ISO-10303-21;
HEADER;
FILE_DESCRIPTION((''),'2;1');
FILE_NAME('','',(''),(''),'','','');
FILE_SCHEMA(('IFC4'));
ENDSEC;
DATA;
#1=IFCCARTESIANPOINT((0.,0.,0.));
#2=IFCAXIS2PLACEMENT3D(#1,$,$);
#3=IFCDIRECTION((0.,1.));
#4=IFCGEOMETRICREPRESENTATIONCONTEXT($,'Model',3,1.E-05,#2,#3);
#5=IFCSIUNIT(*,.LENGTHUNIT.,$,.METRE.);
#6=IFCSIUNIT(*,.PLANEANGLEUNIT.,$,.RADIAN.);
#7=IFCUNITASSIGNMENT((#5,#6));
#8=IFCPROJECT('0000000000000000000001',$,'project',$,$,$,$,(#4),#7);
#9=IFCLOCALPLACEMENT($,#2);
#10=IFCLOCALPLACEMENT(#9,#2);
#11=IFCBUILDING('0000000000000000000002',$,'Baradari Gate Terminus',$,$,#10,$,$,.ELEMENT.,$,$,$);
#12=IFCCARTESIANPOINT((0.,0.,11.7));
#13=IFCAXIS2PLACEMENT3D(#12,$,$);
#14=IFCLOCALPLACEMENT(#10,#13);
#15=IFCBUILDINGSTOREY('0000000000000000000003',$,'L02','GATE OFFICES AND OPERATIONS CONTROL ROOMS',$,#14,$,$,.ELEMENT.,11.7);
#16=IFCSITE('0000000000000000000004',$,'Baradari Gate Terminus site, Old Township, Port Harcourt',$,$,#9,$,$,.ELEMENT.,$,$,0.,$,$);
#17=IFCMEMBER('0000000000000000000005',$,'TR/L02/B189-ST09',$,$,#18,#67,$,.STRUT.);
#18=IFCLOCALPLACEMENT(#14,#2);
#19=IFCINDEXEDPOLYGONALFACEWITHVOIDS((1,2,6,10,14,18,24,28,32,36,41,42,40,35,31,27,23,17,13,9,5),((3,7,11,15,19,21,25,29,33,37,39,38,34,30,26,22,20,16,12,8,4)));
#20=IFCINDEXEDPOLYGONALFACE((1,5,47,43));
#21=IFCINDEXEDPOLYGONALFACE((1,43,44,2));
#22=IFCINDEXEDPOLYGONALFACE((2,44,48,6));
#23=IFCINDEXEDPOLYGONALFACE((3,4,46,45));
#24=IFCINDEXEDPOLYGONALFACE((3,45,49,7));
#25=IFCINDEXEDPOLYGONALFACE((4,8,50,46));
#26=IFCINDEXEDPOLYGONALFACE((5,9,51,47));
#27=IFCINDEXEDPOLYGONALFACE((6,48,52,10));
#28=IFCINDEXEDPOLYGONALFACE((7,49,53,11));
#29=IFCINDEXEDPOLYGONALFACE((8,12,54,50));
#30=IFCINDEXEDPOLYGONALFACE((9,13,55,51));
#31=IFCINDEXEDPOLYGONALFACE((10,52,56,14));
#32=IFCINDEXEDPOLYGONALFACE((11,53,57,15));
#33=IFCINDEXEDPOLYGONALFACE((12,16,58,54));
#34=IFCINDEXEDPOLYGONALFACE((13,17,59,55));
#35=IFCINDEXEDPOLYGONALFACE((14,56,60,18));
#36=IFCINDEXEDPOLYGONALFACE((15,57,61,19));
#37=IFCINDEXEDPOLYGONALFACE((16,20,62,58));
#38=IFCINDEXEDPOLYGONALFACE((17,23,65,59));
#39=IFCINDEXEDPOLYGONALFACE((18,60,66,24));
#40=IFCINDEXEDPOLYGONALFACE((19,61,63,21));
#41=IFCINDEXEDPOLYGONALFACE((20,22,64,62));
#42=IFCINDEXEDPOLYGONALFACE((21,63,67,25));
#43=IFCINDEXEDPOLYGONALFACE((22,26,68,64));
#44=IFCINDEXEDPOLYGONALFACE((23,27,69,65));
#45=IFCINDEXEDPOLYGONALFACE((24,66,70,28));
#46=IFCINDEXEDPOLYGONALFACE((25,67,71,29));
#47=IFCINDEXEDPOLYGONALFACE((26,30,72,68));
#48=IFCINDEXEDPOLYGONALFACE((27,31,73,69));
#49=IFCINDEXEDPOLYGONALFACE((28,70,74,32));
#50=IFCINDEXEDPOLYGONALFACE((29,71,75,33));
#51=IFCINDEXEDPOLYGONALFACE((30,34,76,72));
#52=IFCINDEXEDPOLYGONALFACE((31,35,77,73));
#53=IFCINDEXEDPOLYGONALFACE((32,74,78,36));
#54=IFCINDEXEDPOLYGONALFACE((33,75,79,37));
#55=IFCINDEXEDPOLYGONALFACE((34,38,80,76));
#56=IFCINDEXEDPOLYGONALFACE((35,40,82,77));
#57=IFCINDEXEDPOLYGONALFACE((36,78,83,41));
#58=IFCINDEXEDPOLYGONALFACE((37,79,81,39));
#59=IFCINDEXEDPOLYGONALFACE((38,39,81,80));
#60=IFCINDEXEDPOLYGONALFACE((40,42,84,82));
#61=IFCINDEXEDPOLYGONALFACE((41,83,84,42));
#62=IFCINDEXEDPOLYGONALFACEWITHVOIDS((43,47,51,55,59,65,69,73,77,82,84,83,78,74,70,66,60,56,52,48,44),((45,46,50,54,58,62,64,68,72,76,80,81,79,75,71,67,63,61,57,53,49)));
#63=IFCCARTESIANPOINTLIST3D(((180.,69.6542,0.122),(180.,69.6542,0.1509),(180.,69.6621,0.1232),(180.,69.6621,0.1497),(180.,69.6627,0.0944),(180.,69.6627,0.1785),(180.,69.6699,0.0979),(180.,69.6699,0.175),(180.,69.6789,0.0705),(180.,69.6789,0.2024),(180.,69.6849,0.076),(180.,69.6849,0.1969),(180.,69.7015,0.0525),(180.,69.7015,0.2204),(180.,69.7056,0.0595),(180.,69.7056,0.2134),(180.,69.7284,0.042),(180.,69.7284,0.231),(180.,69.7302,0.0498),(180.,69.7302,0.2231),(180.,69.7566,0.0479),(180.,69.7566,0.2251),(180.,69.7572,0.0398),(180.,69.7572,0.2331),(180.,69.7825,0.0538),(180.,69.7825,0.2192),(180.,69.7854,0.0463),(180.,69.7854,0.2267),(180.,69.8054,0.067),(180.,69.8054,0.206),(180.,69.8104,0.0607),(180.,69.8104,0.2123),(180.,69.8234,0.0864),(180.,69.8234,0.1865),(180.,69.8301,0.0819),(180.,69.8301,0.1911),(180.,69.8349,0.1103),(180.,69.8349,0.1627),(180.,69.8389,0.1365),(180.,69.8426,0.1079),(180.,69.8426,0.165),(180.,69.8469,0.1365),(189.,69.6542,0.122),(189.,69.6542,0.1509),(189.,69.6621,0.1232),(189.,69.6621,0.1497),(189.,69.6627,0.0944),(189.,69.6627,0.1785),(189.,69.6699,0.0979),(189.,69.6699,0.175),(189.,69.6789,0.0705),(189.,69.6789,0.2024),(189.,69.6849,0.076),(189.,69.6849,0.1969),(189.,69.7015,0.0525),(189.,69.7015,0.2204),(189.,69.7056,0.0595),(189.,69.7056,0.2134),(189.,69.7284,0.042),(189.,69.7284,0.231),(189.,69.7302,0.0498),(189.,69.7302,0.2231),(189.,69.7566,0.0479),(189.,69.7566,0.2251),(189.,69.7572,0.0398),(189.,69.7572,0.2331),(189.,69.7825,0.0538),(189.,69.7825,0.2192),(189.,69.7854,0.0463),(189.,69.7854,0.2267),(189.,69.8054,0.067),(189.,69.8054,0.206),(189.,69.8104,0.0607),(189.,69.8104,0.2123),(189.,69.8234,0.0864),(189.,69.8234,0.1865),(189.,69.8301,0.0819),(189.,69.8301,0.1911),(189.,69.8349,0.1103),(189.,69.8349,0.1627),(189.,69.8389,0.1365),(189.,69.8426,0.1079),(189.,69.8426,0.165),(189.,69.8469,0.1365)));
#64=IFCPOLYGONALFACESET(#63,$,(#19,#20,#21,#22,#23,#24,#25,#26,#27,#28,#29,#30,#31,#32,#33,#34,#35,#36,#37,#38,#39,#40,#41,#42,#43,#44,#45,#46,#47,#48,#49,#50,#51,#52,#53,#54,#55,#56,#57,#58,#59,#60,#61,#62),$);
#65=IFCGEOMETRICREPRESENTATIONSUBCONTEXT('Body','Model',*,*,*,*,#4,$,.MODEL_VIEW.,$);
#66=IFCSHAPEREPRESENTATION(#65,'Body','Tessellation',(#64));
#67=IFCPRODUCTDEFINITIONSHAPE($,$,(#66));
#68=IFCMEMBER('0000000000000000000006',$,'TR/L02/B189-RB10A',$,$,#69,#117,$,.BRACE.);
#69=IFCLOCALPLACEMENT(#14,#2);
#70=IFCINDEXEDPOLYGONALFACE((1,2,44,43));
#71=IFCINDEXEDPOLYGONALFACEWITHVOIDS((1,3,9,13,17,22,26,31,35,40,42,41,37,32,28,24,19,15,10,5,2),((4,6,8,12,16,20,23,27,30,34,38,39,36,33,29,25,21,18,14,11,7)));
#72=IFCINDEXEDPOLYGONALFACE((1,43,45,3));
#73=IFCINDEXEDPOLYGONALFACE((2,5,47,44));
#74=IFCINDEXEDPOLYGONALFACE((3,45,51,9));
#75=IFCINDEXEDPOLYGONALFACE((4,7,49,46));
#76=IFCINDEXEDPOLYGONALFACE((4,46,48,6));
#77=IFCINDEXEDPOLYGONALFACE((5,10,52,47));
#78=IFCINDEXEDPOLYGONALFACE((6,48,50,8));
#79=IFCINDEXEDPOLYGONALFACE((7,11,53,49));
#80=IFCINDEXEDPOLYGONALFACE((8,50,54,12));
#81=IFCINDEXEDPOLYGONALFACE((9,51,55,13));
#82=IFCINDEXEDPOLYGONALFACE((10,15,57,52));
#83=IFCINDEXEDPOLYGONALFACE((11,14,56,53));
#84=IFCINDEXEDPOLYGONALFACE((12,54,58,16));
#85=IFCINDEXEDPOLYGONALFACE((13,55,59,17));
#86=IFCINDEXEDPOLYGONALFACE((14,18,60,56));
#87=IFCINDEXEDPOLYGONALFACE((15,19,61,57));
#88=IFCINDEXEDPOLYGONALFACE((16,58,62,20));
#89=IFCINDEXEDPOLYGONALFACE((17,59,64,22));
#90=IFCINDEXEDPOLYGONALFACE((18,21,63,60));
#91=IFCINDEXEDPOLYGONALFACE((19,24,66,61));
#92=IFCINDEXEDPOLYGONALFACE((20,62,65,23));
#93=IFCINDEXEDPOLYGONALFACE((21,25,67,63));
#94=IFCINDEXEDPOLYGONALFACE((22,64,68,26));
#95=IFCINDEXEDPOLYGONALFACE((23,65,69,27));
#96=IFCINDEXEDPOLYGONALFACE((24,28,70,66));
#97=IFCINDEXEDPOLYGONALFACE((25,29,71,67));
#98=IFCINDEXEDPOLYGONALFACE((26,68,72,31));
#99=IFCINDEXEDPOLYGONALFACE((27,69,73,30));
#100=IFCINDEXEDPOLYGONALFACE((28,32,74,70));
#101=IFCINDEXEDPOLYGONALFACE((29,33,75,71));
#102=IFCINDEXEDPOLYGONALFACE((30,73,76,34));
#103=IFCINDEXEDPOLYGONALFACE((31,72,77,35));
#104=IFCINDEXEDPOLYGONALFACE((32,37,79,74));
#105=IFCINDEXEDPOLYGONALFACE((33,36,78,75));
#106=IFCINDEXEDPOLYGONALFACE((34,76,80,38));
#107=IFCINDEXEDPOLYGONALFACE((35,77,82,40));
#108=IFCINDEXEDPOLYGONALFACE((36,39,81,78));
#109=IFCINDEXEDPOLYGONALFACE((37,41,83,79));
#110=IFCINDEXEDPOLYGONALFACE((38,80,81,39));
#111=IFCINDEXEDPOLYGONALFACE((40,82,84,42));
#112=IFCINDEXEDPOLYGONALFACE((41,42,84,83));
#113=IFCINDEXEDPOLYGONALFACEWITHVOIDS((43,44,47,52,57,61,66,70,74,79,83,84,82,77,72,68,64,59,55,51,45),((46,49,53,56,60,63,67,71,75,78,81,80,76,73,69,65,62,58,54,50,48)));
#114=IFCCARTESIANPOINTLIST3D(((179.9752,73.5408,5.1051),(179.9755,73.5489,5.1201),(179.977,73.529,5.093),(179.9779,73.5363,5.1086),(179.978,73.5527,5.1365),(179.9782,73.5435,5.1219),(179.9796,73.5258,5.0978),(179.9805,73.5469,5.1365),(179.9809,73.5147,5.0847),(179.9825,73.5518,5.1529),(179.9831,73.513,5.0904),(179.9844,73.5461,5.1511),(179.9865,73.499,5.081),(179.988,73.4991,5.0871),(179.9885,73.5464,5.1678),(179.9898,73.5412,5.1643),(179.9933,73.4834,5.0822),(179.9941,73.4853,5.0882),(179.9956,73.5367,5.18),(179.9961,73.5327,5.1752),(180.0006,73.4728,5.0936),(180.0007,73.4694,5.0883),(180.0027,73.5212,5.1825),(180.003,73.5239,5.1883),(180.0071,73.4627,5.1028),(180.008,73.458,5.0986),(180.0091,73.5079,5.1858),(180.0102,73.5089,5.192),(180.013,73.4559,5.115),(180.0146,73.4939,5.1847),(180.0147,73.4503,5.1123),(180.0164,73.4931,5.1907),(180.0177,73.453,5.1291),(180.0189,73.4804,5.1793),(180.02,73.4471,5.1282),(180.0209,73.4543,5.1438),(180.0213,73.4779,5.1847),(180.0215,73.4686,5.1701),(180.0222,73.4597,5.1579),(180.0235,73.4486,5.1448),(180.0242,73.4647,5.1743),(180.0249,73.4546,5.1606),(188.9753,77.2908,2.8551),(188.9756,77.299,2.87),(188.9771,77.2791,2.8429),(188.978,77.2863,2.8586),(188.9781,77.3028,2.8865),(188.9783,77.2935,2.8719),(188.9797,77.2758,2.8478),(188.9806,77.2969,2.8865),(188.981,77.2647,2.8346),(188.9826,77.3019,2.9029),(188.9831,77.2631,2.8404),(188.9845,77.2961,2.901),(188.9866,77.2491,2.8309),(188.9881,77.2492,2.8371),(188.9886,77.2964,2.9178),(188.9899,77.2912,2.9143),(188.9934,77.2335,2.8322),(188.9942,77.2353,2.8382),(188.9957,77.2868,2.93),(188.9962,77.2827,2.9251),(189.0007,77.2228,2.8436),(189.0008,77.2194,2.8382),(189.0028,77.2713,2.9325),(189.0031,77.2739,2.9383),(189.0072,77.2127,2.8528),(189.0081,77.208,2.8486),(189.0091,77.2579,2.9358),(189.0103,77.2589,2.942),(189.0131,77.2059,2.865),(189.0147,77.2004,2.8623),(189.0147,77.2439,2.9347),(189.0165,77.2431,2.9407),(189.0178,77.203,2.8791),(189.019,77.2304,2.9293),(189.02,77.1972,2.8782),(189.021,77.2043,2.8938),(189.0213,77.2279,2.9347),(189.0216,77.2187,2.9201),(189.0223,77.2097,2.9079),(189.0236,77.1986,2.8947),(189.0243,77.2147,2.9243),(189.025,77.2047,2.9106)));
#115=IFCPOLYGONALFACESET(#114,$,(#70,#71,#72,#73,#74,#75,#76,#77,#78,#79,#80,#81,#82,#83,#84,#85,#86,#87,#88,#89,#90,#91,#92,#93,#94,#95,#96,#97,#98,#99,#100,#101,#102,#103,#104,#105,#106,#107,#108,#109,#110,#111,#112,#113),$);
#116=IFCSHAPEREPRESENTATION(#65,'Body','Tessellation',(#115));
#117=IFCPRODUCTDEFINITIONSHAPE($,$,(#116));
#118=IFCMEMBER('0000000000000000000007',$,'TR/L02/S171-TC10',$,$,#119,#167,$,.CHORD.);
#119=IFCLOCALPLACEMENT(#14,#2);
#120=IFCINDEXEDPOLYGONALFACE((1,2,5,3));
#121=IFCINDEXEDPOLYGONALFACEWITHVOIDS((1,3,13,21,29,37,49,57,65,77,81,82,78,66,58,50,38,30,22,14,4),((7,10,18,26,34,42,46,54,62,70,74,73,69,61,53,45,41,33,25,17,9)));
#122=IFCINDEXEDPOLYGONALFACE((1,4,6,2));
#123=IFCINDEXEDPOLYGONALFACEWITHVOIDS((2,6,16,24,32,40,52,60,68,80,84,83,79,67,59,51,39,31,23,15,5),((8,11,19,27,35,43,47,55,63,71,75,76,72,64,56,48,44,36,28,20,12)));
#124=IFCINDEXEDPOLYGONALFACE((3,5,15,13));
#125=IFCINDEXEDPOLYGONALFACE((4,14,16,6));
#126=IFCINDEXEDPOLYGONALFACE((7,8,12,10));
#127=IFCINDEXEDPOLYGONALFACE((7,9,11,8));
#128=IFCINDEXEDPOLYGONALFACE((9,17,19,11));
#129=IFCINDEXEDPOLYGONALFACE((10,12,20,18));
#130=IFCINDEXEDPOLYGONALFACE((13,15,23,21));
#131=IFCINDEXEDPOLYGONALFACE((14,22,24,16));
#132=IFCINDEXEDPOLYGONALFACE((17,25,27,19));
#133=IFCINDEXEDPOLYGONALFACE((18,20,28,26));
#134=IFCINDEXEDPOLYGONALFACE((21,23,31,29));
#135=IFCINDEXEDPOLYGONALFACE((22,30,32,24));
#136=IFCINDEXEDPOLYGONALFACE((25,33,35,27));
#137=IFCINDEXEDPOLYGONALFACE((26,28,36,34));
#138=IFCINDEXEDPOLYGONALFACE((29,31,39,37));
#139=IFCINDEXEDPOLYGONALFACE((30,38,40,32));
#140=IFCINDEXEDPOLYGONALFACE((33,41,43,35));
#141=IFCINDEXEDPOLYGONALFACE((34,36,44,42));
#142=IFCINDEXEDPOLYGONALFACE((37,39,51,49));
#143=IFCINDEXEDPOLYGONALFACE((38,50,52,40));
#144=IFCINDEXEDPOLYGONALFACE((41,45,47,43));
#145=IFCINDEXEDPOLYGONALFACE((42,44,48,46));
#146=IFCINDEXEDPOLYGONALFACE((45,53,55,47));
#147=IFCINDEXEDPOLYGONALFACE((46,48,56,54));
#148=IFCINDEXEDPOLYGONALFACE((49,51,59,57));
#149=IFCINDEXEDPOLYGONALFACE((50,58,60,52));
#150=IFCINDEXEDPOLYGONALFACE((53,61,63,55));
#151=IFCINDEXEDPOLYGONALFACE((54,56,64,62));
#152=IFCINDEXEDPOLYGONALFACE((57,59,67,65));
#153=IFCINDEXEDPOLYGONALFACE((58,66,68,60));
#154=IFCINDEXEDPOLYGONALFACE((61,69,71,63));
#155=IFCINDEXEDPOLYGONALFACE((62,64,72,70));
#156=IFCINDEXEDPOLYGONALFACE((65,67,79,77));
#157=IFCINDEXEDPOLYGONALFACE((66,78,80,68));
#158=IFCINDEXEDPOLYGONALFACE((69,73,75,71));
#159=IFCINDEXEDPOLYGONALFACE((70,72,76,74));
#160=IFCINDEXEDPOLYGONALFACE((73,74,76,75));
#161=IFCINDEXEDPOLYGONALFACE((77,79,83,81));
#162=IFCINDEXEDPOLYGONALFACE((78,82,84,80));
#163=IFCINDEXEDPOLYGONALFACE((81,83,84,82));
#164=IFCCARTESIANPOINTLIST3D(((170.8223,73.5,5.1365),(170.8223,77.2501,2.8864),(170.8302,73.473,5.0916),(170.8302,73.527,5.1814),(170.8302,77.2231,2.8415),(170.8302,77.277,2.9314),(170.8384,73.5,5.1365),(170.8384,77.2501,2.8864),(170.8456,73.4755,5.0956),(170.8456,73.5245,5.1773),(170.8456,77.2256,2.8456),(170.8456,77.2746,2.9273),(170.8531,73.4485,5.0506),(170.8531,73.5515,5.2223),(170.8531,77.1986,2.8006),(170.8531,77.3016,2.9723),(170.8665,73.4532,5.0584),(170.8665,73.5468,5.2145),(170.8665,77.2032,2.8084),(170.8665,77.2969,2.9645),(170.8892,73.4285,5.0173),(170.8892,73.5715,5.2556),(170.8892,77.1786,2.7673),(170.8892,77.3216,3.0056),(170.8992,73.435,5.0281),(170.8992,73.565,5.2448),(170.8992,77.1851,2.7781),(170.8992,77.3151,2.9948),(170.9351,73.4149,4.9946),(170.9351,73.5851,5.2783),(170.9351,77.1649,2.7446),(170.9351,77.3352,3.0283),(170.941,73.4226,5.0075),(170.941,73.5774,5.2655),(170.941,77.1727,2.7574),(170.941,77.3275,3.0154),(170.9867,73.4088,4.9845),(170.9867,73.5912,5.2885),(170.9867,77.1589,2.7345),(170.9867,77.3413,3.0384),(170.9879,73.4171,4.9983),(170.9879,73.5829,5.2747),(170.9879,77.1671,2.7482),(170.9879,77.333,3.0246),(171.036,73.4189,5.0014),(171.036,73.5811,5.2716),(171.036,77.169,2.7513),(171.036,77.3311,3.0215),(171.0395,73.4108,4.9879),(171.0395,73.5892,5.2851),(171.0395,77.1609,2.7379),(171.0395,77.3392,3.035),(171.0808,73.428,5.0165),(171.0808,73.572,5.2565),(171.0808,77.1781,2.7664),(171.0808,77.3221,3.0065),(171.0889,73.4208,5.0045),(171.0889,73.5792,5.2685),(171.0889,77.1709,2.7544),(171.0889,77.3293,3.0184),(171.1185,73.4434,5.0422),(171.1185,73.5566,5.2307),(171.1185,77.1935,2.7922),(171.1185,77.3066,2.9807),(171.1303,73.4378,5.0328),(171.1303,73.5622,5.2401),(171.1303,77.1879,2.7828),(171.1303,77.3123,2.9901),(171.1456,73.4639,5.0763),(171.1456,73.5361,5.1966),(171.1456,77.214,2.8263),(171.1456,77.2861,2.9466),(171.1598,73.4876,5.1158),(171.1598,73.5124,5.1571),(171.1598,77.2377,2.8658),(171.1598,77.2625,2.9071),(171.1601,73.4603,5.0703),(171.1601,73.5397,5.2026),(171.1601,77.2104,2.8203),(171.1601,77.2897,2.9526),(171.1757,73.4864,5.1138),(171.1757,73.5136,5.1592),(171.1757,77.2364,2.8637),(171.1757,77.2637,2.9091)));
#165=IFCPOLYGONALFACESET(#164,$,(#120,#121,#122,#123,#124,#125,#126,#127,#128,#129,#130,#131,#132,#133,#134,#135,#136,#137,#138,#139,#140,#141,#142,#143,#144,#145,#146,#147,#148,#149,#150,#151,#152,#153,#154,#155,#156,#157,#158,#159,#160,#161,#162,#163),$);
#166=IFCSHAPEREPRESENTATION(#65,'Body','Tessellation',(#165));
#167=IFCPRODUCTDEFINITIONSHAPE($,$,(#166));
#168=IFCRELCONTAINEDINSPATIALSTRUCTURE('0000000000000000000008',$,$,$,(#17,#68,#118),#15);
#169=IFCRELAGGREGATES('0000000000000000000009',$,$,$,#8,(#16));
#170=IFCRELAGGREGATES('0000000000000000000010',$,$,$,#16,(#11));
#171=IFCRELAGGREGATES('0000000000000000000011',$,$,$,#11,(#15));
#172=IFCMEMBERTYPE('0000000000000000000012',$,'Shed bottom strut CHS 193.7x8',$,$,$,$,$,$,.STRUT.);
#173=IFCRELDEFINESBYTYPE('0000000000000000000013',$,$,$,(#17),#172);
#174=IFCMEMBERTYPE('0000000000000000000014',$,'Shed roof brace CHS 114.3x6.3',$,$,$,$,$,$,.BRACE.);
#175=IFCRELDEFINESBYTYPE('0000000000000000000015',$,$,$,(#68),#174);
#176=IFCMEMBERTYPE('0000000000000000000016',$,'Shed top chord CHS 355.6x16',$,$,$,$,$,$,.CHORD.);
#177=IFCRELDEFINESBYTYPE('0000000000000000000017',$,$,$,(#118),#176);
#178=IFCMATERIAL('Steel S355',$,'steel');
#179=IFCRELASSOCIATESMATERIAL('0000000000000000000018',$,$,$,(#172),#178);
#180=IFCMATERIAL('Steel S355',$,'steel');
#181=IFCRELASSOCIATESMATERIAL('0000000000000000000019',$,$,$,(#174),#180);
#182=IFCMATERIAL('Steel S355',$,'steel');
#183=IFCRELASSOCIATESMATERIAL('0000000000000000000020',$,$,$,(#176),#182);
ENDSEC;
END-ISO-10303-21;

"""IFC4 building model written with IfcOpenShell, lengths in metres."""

from ifc_helpers import new_model, si_unit, direction, frame, origin, origin_2d, place, context, subcontext, project, spatial, hollow_circle, extrude, material, material_profile, profile_set, type_object, element, save


model = new_model("IFC4")

# Units and contexts
model_context = context("Model", 3, precision=1e-05, world=origin(), true_north=direction((0.0, 1.0)))
body_context = subcontext(model_context, "Body", "Model", "MODEL_VIEW")
ifc_project = project(units=[si_unit("LENGTHUNIT", "METRE"), si_unit("PLANEANGLEUNIT", "RADIAN")], contexts=[model_context])

# Site, building, storey
site_placement = place(None, origin())
site = spatial("IfcSite", under=ifc_project, at=site_placement, Name="Baradari Gate Terminus site, Old Township, Port Harcourt", CompositionType="ELEMENT", RefElevation=0.0)
building_placement = place(site_placement, origin())
building = spatial("IfcBuilding", under=site, at=building_placement, Name="Baradari Gate Terminus", CompositionType="ELEMENT")
storey_placement = place(building_placement, frame((0.0, 0.0, 11.7)))
storey = spatial("IfcBuildingStorey", under=building, at=storey_placement, Name="L02", Description="GATE OFFICES AND OPERATIONS CONTROL ROOMS", CompositionType="ELEMENT", Elevation=11.7)

# Members
ifc_material_1 = material(Name="Steel S355", Category="steel")
ifc_material_profile_1 = material_profile(ifc_material_1, hollow_circle(Radius=0.0969, WallThickness=0.0081, at=origin_2d()), Name="CHS 193.7x8")
ifc_profile_set_1 = profile_set([ifc_material_profile_1], Name="Steel S355")
member_type_1 = type_object("IfcMemberType", Name="Shed bottom strut CHS 193.7x8", PredefinedType="STRUT", material=ifc_profile_set_1)
member_1_placement = place(storey_placement, frame((180.0, 69.75, 0.1365), z_axis=(1.0, 0.0, 0.0), x_axis=(0.0, 1.0, 0.0)))
element("IfcMember", 1, at=member_1_placement, inside=storey, type_object=member_type_1, Name="TR/L02/B189-ST09", PredefinedType="STRUT", context=body_context, shape_type="SweptSolid", body=[
    extrude(hollow_circle(Radius=0.0969, WallThickness=0.0081, at=origin_2d()), origin(), (0.0, 0.0, 1.0), 9.0),
])
ifc_material_2 = material(Name="Steel S355", Category="steel")
ifc_material_profile_2 = material_profile(ifc_material_2, hollow_circle(Radius=0.0571, WallThickness=0.0063, at=origin_2d()), Name="CHS 114.3x6.3")
ifc_profile_set_2 = profile_set([ifc_material_profile_2], Name="Steel S355")
member_type_2 = type_object("IfcMemberType", Name="Shed roof brace CHS 114.3x6.3", PredefinedType="BRACE", material=ifc_profile_set_2)
member_2_placement = place(storey_placement, frame((180.0, 73.5, 5.1365), z_axis=(0.899438, 0.374766, -0.22486), x_axis=(-0.384615, 0.923077, 0.0)))
element("IfcMember", 2, at=member_2_placement, inside=storey, type_object=member_type_2, Name="TR/L02/B189-RB10A", PredefinedType="BRACE", context=body_context, shape_type="SweptSolid", body=[
    extrude(hollow_circle(Radius=0.0571, WallThickness=0.0063, at=origin_2d()), origin(), (0.0, 0.0, 1.0), 10.0063),
])
ifc_material_3 = material(Name="Steel S355", Category="steel")
ifc_material_profile_3 = material_profile(ifc_material_3, hollow_circle(Radius=0.1777, WallThickness=0.0161, at=origin_2d()), Name="CHS 355.6x16")
ifc_profile_set_3 = profile_set([ifc_material_profile_3], Name="Steel S355")
member_type_3 = type_object("IfcMemberType", Name="Shed top chord CHS 355.6x16", PredefinedType="CHORD", material=ifc_profile_set_3)
for number, where, z_axis, x_axis, name in (
    (3, (171.0, 73.5, 5.1365), (0.0, 0.857493, -0.514496), (-1.0, 0.0, 0.0), "TR/L02/S171-TC10"),
):
    element("IfcMember", number, at=place(storey_placement, frame(where, z_axis=z_axis, x_axis=x_axis)), inside=storey, type_object=member_type_3, Name=name, PredefinedType="CHORD", context=body_context, shape_type="SweptSolid", body=[
        extrude(hollow_circle(Radius=0.1777, WallThickness=0.0161, at=origin_2d()), origin(), (0.0, 0.0, 1.0), 4.3733),
    ])

save(model, "model.ifc")
